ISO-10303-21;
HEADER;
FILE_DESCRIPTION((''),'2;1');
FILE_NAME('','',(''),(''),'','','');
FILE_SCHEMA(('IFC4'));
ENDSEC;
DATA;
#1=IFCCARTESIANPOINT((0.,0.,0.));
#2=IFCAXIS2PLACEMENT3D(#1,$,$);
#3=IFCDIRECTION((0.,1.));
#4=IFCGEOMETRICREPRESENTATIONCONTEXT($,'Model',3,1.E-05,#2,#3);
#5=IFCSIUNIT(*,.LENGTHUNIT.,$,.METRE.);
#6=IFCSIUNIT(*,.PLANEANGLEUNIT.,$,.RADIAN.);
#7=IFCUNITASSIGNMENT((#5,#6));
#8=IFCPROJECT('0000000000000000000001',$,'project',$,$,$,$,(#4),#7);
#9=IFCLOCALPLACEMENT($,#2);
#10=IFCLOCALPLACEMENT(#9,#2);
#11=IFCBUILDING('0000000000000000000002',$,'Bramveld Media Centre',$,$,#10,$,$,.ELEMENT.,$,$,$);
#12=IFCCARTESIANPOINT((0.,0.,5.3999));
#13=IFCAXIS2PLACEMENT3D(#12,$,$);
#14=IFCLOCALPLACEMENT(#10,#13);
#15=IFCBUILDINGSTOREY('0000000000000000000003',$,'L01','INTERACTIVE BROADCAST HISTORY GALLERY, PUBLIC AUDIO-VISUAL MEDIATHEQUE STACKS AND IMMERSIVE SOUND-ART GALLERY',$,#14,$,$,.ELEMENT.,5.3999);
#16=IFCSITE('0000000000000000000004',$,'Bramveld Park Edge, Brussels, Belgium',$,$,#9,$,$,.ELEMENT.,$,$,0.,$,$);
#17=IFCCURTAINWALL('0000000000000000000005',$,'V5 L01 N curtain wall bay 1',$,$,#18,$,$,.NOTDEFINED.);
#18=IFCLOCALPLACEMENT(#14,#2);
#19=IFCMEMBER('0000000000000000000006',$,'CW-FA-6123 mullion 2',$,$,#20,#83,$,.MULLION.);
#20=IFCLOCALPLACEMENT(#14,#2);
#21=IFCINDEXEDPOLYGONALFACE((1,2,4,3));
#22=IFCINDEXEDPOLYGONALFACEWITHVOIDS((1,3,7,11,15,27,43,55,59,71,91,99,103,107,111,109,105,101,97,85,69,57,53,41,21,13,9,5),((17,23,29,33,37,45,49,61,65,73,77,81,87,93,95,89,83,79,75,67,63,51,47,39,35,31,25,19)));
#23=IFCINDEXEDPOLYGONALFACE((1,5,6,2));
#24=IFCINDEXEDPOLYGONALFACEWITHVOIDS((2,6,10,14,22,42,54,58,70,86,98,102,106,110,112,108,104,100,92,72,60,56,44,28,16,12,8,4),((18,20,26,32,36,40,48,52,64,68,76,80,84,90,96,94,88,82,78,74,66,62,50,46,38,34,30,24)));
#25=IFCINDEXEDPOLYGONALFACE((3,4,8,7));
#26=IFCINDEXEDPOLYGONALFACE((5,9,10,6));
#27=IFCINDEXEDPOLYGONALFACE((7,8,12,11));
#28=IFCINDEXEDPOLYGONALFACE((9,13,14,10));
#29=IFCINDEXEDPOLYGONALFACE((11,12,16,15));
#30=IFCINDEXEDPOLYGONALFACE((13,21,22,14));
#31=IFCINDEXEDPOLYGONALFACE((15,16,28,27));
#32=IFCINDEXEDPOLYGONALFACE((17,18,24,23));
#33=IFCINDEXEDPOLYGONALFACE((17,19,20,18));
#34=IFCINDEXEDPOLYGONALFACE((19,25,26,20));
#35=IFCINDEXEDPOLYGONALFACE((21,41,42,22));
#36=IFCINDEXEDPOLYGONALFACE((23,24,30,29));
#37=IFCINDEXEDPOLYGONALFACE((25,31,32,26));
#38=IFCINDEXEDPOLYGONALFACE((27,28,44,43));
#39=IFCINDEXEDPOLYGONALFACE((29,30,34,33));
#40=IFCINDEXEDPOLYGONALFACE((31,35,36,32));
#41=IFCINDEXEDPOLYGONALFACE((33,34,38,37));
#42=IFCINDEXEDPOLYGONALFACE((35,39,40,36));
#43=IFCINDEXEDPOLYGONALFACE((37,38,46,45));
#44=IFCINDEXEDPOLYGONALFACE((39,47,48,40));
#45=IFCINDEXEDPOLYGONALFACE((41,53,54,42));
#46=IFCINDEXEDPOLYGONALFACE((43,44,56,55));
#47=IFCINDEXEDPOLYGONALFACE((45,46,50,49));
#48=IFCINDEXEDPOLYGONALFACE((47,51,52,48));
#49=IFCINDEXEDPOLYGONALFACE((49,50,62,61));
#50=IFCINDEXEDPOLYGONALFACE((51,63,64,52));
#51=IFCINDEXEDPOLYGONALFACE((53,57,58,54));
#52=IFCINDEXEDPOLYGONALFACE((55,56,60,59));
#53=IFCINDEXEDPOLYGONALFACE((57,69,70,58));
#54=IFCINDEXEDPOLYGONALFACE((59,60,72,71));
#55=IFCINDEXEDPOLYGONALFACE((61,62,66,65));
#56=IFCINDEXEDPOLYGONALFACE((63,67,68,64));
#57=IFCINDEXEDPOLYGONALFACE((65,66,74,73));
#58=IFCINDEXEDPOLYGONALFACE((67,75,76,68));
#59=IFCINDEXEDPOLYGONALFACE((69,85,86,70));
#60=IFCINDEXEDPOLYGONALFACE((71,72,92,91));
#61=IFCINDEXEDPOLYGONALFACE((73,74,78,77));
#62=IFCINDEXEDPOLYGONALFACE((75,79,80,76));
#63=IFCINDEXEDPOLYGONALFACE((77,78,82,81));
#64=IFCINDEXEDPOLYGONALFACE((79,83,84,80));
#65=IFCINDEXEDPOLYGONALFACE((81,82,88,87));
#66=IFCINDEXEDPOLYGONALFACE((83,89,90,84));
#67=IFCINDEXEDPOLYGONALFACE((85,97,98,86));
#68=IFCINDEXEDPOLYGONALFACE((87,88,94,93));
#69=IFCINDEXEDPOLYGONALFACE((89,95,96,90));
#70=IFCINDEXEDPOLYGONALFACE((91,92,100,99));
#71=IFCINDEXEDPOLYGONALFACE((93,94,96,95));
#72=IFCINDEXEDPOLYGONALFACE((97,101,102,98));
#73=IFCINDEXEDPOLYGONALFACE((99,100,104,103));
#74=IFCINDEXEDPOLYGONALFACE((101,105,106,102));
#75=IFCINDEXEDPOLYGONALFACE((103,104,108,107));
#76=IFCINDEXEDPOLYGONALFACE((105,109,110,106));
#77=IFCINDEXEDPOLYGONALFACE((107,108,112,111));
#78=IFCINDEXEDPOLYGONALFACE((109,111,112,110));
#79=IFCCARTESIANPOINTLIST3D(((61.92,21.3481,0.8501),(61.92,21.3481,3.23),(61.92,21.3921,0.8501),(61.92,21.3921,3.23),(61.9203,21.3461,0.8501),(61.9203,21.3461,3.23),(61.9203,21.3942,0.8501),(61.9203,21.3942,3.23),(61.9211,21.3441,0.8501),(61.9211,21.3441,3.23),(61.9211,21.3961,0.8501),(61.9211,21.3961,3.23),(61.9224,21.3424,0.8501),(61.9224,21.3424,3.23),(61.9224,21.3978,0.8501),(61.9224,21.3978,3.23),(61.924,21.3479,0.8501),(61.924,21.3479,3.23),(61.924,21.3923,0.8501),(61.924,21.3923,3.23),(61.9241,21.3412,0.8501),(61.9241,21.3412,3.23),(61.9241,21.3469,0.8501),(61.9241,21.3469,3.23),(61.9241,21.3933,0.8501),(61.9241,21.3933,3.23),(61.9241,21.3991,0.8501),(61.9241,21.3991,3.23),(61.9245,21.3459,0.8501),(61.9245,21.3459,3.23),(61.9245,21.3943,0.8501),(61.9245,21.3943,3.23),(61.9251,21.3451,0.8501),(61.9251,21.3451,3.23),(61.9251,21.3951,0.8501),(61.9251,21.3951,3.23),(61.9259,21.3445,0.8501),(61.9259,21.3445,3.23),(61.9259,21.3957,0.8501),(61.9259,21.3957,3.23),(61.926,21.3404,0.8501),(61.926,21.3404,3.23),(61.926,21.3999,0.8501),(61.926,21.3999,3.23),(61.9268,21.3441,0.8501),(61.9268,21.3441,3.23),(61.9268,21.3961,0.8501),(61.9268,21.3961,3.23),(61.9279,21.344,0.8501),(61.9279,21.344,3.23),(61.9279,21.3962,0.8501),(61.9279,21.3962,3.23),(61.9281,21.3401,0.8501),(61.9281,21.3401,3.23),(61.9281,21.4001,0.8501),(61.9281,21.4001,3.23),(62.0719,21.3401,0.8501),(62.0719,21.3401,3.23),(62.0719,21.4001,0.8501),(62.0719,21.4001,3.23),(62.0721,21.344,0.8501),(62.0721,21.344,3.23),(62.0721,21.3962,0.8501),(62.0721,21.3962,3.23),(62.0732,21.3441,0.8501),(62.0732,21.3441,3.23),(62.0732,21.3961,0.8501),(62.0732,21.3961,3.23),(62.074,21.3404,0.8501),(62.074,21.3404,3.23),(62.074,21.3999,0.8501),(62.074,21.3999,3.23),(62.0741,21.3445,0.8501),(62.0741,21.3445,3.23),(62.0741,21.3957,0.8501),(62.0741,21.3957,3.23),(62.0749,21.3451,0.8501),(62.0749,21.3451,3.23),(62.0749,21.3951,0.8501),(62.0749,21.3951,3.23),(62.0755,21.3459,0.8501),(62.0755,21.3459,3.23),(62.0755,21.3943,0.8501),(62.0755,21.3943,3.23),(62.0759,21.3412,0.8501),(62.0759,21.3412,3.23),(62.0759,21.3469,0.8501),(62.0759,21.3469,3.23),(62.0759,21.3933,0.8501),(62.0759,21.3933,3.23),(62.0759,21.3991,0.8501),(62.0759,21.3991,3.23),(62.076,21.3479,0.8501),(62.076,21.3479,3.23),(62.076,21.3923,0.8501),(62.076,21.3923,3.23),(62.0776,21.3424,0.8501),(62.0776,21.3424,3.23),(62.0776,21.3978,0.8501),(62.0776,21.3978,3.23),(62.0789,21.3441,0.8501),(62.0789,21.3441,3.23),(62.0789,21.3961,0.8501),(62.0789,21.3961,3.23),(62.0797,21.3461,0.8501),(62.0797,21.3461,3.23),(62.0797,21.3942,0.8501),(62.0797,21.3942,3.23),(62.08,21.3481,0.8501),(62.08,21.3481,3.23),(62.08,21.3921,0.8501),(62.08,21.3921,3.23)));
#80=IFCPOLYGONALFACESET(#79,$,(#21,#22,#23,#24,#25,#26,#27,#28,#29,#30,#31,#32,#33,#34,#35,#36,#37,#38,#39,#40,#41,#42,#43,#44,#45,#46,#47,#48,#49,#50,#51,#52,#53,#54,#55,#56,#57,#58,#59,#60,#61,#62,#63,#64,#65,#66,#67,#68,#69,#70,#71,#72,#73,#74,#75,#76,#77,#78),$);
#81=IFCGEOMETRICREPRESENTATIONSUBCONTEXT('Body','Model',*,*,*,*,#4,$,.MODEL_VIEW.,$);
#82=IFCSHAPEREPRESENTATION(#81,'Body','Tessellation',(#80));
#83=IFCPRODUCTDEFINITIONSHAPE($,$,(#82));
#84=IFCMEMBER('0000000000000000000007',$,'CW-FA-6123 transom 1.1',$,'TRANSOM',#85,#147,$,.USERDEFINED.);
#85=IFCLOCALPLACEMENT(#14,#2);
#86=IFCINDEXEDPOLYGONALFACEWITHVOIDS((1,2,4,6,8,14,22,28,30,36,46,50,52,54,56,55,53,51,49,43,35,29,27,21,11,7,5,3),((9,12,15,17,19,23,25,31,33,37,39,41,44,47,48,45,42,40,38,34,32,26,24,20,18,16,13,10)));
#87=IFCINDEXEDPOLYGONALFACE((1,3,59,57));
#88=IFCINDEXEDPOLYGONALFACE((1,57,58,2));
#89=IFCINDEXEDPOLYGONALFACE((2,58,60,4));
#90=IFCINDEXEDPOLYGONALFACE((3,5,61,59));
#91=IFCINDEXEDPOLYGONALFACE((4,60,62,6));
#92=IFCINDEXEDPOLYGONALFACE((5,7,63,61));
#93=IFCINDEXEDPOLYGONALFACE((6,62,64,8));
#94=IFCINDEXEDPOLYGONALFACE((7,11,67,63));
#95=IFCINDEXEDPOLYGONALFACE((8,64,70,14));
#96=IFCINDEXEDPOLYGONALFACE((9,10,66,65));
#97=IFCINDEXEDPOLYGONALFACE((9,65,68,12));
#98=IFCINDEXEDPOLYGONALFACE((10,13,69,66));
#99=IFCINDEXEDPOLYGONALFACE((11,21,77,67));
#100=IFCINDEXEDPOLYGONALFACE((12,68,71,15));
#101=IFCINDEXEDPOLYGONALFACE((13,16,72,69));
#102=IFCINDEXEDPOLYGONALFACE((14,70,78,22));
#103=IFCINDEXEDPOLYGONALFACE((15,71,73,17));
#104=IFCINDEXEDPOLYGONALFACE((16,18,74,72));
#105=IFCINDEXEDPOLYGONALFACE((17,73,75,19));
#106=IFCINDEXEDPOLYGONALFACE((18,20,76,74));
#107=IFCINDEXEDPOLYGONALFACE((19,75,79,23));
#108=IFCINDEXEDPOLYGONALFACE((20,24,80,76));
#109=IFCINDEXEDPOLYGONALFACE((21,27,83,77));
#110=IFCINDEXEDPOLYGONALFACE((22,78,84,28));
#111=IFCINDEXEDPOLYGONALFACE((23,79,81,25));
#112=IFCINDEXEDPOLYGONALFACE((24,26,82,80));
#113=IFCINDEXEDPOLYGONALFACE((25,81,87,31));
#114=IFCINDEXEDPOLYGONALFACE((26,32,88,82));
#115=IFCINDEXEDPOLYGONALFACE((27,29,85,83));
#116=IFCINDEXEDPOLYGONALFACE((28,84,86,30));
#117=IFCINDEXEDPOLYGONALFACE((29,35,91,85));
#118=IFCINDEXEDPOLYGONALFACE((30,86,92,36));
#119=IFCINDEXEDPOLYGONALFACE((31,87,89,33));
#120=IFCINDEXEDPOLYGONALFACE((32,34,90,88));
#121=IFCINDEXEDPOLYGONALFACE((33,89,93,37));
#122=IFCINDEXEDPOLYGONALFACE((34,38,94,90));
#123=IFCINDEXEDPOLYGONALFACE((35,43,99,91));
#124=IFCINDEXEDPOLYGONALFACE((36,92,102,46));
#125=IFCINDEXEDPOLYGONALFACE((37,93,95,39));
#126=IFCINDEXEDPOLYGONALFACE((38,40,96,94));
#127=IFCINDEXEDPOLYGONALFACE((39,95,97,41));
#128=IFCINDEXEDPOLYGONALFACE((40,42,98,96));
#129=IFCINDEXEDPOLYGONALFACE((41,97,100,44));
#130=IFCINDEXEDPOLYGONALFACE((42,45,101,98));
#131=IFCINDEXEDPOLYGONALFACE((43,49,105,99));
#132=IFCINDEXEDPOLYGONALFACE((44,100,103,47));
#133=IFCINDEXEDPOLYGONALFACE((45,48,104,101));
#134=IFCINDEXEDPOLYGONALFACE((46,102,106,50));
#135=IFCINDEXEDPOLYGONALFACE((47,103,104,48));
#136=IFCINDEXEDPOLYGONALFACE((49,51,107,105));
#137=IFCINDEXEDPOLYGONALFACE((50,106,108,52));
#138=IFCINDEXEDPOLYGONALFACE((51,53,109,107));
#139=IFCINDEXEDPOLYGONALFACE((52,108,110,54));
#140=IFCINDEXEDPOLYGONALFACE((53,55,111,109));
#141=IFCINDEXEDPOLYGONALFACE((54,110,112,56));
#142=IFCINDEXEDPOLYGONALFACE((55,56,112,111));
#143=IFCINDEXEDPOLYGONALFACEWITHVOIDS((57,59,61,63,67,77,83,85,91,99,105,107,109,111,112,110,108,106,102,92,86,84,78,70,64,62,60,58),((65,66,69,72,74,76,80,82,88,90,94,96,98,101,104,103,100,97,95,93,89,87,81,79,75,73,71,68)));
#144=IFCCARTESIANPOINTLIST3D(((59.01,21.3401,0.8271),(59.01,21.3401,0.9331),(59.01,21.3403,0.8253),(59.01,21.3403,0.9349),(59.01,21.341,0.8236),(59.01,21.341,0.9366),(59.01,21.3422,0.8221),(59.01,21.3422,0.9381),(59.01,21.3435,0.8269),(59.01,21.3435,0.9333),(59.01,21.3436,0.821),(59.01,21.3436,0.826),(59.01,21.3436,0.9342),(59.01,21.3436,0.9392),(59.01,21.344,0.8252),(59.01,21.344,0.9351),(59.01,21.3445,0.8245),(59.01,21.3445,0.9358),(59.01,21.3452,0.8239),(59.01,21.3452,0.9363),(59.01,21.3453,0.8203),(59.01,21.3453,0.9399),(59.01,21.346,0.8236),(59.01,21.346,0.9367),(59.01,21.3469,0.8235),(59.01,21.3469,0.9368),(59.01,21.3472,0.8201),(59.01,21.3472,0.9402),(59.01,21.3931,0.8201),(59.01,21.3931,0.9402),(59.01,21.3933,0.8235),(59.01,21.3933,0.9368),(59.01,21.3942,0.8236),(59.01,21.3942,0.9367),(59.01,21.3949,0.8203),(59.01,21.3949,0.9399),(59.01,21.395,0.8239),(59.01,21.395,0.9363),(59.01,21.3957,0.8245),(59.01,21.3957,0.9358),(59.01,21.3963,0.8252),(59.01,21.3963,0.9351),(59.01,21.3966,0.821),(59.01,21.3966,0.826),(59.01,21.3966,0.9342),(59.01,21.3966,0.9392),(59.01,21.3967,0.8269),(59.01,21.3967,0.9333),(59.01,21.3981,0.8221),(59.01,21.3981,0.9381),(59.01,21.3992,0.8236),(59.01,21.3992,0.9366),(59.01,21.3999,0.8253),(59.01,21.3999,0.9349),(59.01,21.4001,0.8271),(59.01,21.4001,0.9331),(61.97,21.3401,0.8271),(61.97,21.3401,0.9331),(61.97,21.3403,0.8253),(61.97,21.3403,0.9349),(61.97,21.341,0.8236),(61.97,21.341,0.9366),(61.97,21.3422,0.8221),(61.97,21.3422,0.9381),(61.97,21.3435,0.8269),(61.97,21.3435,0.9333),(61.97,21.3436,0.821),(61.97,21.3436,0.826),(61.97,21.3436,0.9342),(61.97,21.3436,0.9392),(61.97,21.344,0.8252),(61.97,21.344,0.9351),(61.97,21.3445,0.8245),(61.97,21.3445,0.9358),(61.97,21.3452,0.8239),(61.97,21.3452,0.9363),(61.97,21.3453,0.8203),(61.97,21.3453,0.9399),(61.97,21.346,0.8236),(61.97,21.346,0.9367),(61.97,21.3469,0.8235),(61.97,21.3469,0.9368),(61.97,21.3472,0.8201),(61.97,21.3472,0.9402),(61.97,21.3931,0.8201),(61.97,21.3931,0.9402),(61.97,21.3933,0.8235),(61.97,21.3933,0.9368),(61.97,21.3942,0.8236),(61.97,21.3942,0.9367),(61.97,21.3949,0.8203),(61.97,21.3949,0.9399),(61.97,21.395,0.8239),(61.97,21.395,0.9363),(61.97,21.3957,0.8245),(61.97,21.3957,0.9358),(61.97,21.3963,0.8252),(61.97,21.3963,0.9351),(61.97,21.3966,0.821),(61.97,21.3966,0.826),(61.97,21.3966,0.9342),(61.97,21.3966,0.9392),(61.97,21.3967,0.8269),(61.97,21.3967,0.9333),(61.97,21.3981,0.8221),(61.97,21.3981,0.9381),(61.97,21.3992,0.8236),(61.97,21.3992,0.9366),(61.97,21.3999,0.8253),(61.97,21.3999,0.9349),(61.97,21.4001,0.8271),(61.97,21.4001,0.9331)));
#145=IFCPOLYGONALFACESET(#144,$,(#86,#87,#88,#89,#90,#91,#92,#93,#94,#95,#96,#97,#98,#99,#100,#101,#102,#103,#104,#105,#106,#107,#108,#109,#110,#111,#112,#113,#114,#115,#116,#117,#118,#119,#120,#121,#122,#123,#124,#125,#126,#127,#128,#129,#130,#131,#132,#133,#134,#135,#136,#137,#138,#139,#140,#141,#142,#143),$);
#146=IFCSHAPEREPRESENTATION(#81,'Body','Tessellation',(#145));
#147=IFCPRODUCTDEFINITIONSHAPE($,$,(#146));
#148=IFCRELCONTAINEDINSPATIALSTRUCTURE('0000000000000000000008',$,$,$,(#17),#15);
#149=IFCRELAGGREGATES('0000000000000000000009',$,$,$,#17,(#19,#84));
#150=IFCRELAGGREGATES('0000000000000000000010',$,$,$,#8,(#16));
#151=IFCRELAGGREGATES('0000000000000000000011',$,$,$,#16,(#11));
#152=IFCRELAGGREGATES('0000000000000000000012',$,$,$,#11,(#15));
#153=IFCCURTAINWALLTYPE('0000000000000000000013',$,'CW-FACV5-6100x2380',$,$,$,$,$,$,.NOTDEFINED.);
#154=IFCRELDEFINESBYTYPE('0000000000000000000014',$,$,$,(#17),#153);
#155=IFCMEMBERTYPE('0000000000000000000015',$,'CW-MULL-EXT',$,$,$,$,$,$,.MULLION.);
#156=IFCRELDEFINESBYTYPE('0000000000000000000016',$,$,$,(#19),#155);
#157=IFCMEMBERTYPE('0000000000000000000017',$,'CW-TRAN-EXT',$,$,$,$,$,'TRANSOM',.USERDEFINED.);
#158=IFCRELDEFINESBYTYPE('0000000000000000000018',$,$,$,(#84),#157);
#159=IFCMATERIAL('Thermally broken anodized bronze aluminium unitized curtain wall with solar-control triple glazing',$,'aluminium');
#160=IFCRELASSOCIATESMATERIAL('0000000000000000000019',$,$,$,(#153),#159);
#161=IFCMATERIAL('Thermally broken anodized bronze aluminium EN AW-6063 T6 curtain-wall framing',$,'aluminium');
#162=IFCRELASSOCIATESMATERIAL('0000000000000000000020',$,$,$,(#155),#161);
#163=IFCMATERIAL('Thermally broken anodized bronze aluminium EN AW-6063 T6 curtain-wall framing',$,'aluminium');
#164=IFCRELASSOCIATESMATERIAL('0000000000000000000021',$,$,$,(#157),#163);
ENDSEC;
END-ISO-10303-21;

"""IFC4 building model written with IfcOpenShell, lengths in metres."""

from ifc_helpers import new_model, si_unit, direction, frame, origin, origin_2d, place, context, subcontext, project, spatial, hollow_rectangle, extrude, material, material_profile, profile_set, type_object, element, aggregate, save


model = new_model("IFC4")

# Units and contexts
model_context = context("Model", 3, precision=1e-05, world=origin(), true_north=direction((0.0, 1.0)))
body_context = subcontext(model_context, "Body", "Model", "MODEL_VIEW")
ifc_project = project(units=[si_unit("LENGTHUNIT", "METRE"), si_unit("PLANEANGLEUNIT", "RADIAN")], contexts=[model_context])

# Site, building, storey
site_placement = place(None, origin())
site = spatial("IfcSite", under=ifc_project, at=site_placement, Name="Bramveld Park Edge, Brussels, Belgium", CompositionType="ELEMENT", RefElevation=0.0)
building_placement = place(site_placement, origin())
building = spatial("IfcBuilding", under=site, at=building_placement, Name="Bramveld Media Centre", CompositionType="ELEMENT")
storey_placement = place(building_placement, frame((0.0, 0.0, 5.3999)))
storey = spatial("IfcBuildingStorey", under=building, at=storey_placement, Name="L01", Description="INTERACTIVE BROADCAST HISTORY GALLERY, PUBLIC AUDIO-VISUAL MEDIATHEQUE STACKS AND IMMERSIVE SOUND-ART GALLERY", CompositionType="ELEMENT", Elevation=5.3999)

# Curtain wall, members
ifc_material_1 = material(Name="Thermally broken anodized bronze aluminium unitized curtain wall with solar-control triple glazing", Category="aluminium")
curtain_wall_type = type_object("IfcCurtainWallType", Name="CW-FACV5-6100x2380", PredefinedType="NOTDEFINED", material=ifc_material_1)
curtain_wall_placement = place(storey_placement, origin())
curtain_wall = element("IfcCurtainWall", 1, at=curtain_wall_placement, inside=storey, type_object=curtain_wall_type, Name="V5 L01 N curtain wall bay 1", PredefinedType="NOTDEFINED")
ifc_material_2 = material(Name="Thermally broken anodized bronze aluminium EN AW-6063 T6 curtain-wall framing", Category="aluminium")
ifc_material_profile_1 = material_profile(ifc_material_2, hollow_rectangle(XDim=0.0601, YDim=0.1599, WallThickness=0.0039, InnerFilletRadius=0.0039, OuterFilletRadius=0.0081, at=origin_2d()), Name="AL-MULL 60x160")
ifc_profile_set_1 = profile_set([ifc_material_profile_1], Name="Thermally broken anodized bronze aluminium EN AW-6063 T6 curtain-wall framing")
member_type_1 = type_object("IfcMemberType", Name="CW-MULL-EXT", PredefinedType="MULLION", material=ifc_profile_set_1)
member_1_placement = place(storey_placement, frame((62.0, 21.3701, 0.8501), z_axis=(0.0, 0.0, 1.0), x_axis=(0.0, 1.0, 0.0)))
member_1 = element("IfcMember", 2, at=member_1_placement, type_object=member_type_1, Name="CW-FA-6123 mullion 2", PredefinedType="MULLION", context=body_context, shape_type="SweptSolid", body=[
    extrude(hollow_rectangle(XDim=0.0601, YDim=0.1599, WallThickness=0.0039, InnerFilletRadius=0.0039, OuterFilletRadius=0.0081, at=origin_2d()), origin(), (0.0, 0.0, 1.0), 2.3799),
])
ifc_material_3 = material(Name="Thermally broken anodized bronze aluminium EN AW-6063 T6 curtain-wall framing", Category="aluminium")
ifc_material_profile_2 = material_profile(ifc_material_3, hollow_rectangle(XDim=0.0601, YDim=0.1201, WallThickness=0.0034, InnerFilletRadius=0.0034, OuterFilletRadius=0.0071, at=origin_2d()), Name="AL-TRAN 60x120")
ifc_profile_set_2 = profile_set([ifc_material_profile_2], Name="Thermally broken anodized bronze aluminium EN AW-6063 T6 curtain-wall framing")
member_type_2 = type_object("IfcMemberType", Name="CW-TRAN-EXT", ElementType="TRANSOM", PredefinedType="USERDEFINED", material=ifc_profile_set_2)
member_2_placement = place(storey_placement, frame((59.01, 21.3701, 0.8801), z_axis=(1.0, 0.0, 0.0), x_axis=(0.0, 1.0, 0.0)))
member_2 = element("IfcMember", 3, at=member_2_placement, type_object=member_type_2, Name="CW-FA-6123 transom 1.1", ObjectType="TRANSOM", PredefinedType="USERDEFINED", context=body_context, shape_type="SweptSolid", body=[
    extrude(hollow_rectangle(XDim=0.0601, YDim=0.1201, WallThickness=0.0034, InnerFilletRadius=0.0034, OuterFilletRadius=0.0071, at=origin_2d()), origin(), (0.0, 0.0, 1.0), 2.96),
])

aggregate(curtain_wall, [member_1, member_2])

save(model, "model.ifc")
